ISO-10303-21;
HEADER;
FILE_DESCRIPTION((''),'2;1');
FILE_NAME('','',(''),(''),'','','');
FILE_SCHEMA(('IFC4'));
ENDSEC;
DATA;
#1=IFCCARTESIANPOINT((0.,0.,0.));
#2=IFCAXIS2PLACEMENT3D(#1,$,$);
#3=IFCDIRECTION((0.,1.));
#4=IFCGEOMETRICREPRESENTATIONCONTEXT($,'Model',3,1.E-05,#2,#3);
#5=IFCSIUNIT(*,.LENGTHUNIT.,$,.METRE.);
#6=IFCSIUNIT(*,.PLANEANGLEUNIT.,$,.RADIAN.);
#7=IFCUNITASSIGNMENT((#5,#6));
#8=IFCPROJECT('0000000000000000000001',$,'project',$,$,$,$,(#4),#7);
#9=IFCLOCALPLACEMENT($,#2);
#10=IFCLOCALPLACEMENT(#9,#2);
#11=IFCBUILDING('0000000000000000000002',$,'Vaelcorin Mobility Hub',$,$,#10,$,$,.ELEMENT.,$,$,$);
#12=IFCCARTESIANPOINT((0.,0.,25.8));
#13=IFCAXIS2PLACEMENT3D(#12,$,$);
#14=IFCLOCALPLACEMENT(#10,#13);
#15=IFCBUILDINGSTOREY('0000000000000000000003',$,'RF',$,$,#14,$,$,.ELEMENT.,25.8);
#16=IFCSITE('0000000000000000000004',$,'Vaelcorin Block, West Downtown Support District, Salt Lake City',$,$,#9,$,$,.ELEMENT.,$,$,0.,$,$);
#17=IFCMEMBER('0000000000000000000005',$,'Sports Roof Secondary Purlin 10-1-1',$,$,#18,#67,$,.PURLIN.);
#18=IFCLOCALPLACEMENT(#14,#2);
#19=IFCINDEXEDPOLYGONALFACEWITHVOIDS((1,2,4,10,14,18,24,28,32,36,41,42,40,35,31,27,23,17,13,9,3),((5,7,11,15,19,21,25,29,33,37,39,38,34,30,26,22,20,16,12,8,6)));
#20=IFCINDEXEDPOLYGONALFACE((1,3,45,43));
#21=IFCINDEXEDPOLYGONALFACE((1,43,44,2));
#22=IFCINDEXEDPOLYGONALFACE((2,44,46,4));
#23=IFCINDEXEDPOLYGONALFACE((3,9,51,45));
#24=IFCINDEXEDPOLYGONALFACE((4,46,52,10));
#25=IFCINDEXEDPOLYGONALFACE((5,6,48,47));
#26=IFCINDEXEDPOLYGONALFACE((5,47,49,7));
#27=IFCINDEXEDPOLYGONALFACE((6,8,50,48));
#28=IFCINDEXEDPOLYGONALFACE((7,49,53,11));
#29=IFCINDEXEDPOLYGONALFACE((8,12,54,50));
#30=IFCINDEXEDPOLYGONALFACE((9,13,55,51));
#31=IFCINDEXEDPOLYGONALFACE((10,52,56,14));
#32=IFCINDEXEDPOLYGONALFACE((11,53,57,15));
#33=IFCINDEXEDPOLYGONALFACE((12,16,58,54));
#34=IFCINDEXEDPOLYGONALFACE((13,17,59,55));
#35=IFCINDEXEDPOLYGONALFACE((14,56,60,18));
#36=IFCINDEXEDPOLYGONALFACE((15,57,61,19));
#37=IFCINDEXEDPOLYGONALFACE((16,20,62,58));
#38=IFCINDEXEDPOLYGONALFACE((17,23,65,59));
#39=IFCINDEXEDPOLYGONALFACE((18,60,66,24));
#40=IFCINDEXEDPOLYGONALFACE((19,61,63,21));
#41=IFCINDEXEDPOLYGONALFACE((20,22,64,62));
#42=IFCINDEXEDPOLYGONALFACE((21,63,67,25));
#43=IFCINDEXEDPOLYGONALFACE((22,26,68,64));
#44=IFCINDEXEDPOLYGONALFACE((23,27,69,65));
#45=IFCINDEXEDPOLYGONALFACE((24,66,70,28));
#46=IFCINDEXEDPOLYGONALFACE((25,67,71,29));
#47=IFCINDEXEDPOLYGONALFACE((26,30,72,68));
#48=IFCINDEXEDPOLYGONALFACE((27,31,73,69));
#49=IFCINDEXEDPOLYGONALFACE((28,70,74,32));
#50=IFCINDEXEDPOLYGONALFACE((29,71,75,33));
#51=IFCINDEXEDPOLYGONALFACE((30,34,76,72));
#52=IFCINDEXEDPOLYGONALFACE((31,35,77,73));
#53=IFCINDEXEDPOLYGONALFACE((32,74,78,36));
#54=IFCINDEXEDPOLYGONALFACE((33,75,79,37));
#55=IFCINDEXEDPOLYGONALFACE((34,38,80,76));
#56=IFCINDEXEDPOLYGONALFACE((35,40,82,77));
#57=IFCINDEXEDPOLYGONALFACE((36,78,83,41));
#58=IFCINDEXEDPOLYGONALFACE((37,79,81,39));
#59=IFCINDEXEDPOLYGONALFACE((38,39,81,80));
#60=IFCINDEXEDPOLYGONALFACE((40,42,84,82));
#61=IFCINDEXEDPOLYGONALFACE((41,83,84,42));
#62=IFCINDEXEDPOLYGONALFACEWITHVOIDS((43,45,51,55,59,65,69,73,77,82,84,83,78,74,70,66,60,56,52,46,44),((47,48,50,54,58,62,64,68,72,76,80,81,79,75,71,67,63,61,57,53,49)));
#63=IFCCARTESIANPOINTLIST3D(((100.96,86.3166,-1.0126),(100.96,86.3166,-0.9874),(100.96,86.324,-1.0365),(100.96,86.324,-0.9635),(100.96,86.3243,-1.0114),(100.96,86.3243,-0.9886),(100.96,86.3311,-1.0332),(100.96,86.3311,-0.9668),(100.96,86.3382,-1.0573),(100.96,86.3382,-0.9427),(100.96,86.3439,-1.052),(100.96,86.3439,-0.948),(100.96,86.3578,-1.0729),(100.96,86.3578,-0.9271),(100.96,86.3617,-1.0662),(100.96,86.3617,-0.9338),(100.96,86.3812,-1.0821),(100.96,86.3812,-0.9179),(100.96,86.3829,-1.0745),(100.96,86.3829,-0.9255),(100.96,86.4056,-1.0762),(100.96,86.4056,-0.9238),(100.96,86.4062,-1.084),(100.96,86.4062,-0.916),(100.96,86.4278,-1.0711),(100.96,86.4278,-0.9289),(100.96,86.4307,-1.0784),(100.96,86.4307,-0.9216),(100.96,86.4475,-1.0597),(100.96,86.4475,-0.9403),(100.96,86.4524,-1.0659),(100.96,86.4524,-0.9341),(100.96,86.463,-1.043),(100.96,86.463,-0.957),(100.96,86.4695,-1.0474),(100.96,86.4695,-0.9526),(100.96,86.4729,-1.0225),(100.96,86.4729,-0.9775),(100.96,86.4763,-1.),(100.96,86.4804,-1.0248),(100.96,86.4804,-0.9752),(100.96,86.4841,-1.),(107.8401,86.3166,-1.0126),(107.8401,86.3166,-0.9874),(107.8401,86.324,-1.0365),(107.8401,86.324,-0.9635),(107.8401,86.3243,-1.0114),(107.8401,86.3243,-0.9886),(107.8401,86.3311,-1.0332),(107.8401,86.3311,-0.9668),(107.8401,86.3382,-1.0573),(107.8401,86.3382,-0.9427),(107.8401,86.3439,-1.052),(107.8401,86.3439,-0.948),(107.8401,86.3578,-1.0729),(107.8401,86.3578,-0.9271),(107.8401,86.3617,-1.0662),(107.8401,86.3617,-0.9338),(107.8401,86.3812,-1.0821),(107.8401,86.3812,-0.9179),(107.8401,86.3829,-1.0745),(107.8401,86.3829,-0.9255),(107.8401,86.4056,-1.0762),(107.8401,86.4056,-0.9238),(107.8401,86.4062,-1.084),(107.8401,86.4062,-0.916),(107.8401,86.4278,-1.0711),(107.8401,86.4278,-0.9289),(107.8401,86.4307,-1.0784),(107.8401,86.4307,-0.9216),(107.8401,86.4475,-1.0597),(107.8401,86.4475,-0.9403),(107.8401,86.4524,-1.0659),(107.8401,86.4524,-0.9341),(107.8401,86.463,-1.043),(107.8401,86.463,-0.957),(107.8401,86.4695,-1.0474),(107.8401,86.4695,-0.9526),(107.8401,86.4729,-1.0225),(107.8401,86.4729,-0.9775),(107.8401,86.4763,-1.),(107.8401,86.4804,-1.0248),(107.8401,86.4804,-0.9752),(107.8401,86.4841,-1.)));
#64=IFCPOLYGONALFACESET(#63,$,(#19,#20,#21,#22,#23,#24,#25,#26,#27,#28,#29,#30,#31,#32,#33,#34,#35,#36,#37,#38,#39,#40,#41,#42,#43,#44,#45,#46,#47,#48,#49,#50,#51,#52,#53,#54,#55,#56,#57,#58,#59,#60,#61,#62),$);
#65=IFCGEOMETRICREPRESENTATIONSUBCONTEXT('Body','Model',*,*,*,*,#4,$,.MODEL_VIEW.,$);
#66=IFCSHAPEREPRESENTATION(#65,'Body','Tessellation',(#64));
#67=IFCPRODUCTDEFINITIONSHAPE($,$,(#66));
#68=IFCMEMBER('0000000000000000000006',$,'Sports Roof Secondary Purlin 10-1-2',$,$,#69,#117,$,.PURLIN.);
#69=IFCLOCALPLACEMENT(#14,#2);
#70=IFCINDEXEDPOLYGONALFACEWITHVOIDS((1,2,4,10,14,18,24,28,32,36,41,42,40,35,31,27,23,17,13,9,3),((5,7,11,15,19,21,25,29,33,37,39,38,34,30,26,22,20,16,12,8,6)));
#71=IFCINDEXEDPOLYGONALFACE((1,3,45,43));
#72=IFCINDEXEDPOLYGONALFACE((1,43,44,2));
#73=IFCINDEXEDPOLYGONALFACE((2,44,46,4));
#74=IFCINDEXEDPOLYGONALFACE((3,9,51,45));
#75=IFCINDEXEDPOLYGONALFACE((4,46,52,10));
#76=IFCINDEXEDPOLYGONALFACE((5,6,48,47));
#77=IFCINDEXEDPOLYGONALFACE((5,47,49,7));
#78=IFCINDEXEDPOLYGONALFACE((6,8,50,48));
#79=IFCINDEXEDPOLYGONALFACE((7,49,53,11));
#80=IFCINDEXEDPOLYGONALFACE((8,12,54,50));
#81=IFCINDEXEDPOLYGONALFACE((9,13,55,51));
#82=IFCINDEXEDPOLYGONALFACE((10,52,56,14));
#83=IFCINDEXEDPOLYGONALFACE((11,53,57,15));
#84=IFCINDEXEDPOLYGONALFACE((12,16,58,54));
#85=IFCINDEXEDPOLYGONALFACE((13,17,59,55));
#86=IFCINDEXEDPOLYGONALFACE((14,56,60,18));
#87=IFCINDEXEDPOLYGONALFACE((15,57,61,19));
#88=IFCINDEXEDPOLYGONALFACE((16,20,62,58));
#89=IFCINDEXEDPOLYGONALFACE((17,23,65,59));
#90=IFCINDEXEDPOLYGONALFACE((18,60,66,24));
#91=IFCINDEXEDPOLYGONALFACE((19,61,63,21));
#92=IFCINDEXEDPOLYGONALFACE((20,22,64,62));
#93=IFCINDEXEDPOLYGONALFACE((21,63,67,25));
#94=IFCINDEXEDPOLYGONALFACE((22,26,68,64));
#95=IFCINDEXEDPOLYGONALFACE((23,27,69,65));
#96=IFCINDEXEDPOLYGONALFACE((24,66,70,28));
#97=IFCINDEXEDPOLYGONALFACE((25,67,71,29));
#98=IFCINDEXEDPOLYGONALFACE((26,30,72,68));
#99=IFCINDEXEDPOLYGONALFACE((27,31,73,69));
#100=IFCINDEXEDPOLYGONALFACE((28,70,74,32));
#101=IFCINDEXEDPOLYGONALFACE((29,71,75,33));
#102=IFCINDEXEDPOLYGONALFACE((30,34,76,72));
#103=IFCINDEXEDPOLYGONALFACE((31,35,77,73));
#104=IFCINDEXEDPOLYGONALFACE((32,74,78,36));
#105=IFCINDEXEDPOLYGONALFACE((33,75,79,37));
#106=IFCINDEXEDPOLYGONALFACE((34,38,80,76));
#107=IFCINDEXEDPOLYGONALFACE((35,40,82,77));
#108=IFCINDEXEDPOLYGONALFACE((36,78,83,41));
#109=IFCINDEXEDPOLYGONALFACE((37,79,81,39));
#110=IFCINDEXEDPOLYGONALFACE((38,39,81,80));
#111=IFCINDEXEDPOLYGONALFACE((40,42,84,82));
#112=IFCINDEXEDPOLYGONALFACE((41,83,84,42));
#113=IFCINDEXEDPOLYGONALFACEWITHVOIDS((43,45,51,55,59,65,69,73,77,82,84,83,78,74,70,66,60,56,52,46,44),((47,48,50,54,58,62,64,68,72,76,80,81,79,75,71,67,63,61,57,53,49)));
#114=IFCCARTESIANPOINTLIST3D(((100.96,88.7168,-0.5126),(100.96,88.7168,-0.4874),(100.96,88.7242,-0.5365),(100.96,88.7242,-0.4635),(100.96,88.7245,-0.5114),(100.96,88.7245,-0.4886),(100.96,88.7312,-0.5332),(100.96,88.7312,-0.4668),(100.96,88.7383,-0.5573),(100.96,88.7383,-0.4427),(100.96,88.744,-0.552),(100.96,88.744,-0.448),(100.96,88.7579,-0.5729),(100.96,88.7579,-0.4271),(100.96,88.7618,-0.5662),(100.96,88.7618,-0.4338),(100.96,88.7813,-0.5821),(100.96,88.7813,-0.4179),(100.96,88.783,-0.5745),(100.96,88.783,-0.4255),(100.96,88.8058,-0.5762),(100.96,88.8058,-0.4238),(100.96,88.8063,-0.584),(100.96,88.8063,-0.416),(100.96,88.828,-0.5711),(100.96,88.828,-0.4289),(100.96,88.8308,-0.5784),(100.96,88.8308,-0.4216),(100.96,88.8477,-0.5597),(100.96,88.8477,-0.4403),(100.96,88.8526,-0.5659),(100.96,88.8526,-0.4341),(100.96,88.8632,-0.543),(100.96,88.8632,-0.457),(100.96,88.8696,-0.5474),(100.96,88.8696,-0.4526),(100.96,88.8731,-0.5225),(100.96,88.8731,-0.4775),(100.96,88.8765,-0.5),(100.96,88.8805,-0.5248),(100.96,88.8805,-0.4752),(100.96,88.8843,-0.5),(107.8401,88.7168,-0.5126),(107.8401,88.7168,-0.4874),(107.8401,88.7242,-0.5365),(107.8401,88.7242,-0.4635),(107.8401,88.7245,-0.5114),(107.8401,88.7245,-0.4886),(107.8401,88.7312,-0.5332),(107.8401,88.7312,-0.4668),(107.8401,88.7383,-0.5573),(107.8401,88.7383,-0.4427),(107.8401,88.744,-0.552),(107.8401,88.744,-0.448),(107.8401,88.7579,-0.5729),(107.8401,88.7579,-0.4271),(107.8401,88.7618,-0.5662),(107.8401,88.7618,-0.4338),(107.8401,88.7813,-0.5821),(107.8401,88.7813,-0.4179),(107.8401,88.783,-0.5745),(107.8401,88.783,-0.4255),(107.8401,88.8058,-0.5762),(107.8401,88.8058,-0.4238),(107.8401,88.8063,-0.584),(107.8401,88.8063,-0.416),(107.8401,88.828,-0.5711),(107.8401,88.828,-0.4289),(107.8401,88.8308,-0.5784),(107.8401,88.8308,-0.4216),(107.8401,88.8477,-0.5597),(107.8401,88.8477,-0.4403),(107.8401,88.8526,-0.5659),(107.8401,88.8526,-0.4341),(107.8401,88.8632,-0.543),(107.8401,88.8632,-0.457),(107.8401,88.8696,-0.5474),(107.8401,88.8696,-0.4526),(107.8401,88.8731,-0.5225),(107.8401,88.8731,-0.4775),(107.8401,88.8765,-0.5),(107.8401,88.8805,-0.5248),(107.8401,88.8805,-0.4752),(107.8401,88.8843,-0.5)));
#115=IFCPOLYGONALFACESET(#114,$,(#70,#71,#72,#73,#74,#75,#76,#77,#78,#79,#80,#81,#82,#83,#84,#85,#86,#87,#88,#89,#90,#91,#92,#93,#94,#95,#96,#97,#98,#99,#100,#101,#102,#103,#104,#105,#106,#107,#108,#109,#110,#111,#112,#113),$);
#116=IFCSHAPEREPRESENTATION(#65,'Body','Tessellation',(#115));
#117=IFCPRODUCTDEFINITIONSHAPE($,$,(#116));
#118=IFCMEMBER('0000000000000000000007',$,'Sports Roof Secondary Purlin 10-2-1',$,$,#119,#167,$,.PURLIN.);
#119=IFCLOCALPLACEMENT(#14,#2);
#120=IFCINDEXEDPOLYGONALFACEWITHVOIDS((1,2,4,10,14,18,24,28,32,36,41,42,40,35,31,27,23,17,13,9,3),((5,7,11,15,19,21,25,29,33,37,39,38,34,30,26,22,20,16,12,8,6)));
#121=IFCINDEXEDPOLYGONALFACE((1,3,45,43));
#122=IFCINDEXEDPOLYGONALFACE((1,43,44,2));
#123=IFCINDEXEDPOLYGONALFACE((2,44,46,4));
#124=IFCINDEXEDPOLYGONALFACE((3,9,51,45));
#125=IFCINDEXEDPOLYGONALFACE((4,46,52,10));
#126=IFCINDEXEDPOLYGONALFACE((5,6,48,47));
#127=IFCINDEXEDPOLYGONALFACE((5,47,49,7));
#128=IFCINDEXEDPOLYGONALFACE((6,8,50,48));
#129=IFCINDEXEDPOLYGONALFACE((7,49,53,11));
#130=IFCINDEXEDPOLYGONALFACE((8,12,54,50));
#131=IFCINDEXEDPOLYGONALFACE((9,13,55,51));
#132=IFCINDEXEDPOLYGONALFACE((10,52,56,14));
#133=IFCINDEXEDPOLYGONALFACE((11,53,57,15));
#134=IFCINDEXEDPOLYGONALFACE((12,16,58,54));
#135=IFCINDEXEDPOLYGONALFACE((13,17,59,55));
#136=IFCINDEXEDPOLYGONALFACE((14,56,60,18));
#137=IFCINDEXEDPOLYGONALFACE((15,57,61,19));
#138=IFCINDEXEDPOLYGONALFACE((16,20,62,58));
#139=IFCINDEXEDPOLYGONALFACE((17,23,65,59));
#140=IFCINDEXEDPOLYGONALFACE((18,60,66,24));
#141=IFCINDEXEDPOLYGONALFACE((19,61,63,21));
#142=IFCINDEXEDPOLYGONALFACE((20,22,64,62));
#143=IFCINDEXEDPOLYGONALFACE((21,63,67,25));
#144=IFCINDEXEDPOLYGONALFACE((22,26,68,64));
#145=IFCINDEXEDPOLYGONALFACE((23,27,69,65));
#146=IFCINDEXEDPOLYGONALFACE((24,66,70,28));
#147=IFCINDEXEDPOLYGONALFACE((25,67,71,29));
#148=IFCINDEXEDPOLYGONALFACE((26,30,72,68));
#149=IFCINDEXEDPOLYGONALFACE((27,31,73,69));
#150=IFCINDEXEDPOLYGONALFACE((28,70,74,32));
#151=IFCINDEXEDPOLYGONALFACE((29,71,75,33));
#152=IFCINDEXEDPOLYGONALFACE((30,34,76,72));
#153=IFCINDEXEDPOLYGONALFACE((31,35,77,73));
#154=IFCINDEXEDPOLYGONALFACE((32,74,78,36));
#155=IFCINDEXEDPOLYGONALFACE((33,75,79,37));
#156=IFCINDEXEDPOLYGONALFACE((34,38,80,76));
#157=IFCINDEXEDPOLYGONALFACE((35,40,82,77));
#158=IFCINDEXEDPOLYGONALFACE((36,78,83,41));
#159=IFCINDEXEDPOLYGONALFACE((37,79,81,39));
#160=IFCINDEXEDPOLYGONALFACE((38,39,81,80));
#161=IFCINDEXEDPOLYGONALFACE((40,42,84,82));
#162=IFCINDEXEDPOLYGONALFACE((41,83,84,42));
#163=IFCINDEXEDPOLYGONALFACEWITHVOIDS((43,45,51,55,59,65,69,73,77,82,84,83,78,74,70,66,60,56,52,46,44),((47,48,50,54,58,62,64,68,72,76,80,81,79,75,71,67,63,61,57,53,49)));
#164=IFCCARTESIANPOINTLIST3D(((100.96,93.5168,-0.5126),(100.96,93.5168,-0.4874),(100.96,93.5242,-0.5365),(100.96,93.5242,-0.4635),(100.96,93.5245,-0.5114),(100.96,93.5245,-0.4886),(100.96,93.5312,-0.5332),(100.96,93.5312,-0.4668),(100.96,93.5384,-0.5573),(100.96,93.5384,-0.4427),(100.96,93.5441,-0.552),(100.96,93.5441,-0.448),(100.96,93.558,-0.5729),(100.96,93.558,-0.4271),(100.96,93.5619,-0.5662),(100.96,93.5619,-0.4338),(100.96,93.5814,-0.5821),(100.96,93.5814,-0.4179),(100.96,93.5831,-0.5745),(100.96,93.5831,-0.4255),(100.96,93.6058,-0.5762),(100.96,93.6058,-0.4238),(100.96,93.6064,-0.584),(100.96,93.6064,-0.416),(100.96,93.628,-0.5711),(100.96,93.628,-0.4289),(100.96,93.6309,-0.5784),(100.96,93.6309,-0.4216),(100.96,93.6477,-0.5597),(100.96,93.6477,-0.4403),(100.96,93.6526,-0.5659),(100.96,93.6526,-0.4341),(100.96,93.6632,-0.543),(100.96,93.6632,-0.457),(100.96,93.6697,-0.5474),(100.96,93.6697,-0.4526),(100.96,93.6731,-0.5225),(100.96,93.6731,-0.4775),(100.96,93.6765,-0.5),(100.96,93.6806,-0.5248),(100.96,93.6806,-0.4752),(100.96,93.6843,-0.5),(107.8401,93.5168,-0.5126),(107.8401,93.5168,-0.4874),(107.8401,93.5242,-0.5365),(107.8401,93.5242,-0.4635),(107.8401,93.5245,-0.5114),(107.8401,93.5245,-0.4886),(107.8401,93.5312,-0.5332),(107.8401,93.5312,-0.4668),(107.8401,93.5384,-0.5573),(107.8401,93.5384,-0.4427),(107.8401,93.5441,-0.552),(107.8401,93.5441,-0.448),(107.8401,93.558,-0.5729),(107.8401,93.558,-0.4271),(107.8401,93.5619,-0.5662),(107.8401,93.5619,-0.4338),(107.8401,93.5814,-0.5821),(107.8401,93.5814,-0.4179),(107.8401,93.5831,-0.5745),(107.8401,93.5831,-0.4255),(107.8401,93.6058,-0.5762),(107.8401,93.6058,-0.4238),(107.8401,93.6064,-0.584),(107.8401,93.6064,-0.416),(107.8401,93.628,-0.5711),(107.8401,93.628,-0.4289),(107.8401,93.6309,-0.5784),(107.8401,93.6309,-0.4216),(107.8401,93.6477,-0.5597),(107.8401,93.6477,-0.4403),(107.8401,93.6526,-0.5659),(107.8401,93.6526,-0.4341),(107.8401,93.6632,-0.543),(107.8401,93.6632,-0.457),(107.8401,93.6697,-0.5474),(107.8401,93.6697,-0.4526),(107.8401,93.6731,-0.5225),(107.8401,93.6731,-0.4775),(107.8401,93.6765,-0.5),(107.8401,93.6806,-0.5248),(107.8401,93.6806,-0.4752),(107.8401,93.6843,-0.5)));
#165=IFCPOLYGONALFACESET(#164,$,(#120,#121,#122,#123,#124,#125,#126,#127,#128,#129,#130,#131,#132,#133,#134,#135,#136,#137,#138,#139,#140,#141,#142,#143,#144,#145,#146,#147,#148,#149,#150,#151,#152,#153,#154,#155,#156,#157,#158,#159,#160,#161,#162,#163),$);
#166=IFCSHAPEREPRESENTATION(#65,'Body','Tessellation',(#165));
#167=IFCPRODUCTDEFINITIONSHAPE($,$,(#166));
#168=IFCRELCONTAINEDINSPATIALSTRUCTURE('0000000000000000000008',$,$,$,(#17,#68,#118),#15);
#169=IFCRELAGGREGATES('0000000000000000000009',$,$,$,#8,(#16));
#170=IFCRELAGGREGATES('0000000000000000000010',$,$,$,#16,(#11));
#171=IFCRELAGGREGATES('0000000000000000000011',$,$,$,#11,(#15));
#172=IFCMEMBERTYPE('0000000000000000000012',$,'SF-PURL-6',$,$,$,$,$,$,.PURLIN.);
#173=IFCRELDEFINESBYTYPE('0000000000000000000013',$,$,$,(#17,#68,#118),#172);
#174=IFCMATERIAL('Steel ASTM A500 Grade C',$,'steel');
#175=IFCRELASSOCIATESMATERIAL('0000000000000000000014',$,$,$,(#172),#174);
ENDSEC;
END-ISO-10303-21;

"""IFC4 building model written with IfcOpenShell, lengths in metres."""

from ifc_helpers import new_model, si_unit, direction, frame, origin, origin_2d, place, context, subcontext, project, spatial, hollow_circle, extrude, material, material_profile, profile_set, type_object, element, save


model = new_model("IFC4")

# Units and contexts
model_context = context("Model", 3, precision=1e-05, world=origin(), true_north=direction((0.0, 1.0)))
body_context = subcontext(model_context, "Body", "Model", "MODEL_VIEW")
ifc_project = project(units=[si_unit("LENGTHUNIT", "METRE"), si_unit("PLANEANGLEUNIT", "RADIAN")], contexts=[model_context])

# Site, building, storey
site_placement = place(None, origin())
site = spatial("IfcSite", under=ifc_project, at=site_placement, Name="Vaelcorin Block, West Downtown Support District, Salt Lake City", CompositionType="ELEMENT", RefElevation=0.0)
building_placement = place(site_placement, origin())
building = spatial("IfcBuilding", under=site, at=building_placement, Name="Vaelcorin Mobility Hub", CompositionType="ELEMENT")
storey_placement = place(building_placement, frame((0.0, 0.0, 25.8)))
storey = spatial("IfcBuildingStorey", under=building, at=storey_placement, Name="RF", CompositionType="ELEMENT", Elevation=25.8)

# Members
ifc_material_1 = material(Name="Steel ASTM A500 Grade C", Category="steel")
ifc_material_profile_1 = material_profile(ifc_material_1, hollow_circle(Radius=0.0842, WallThickness=0.0078, at=origin_2d()), Name="HSS6.625X0.312")
ifc_profile_set_1 = profile_set([ifc_material_profile_1], Name="Steel ASTM A500 Grade C")
member_type_1 = type_object("IfcMemberType", Name="SF-PURL-6", PredefinedType="PURLIN", material=ifc_profile_set_1)
for number, where, z_axis, x_axis, name in (
    (1, (100.96, 86.3999, -1.0), (1.0, 0.0, 0.0), (0.0, 1.0, 0.0), "Sports Roof Secondary Purlin 10-1-1"),
    (2, (100.96, 88.8, -0.5), (1.0, 0.0, 0.0), (0.0, 1.0, 0.0), "Sports Roof Secondary Purlin 10-1-2"),
    (3, (100.96, 93.6001, -0.5), (1.0, 0.0, 0.0), (0.0, 1.0, 0.0), "Sports Roof Secondary Purlin 10-2-1"),
):
    element("IfcMember", number, at=place(storey_placement, frame(where, z_axis=z_axis, x_axis=x_axis)), inside=storey, type_object=member_type_1, Name=name, PredefinedType="PURLIN", context=body_context, shape_type="SweptSolid", body=[
        extrude(hollow_circle(Radius=0.0842, WallThickness=0.0078, at=origin_2d()), origin(), (0.0, 0.0, 1.0), 6.8801),
    ])

save(model, "model.ifc")
